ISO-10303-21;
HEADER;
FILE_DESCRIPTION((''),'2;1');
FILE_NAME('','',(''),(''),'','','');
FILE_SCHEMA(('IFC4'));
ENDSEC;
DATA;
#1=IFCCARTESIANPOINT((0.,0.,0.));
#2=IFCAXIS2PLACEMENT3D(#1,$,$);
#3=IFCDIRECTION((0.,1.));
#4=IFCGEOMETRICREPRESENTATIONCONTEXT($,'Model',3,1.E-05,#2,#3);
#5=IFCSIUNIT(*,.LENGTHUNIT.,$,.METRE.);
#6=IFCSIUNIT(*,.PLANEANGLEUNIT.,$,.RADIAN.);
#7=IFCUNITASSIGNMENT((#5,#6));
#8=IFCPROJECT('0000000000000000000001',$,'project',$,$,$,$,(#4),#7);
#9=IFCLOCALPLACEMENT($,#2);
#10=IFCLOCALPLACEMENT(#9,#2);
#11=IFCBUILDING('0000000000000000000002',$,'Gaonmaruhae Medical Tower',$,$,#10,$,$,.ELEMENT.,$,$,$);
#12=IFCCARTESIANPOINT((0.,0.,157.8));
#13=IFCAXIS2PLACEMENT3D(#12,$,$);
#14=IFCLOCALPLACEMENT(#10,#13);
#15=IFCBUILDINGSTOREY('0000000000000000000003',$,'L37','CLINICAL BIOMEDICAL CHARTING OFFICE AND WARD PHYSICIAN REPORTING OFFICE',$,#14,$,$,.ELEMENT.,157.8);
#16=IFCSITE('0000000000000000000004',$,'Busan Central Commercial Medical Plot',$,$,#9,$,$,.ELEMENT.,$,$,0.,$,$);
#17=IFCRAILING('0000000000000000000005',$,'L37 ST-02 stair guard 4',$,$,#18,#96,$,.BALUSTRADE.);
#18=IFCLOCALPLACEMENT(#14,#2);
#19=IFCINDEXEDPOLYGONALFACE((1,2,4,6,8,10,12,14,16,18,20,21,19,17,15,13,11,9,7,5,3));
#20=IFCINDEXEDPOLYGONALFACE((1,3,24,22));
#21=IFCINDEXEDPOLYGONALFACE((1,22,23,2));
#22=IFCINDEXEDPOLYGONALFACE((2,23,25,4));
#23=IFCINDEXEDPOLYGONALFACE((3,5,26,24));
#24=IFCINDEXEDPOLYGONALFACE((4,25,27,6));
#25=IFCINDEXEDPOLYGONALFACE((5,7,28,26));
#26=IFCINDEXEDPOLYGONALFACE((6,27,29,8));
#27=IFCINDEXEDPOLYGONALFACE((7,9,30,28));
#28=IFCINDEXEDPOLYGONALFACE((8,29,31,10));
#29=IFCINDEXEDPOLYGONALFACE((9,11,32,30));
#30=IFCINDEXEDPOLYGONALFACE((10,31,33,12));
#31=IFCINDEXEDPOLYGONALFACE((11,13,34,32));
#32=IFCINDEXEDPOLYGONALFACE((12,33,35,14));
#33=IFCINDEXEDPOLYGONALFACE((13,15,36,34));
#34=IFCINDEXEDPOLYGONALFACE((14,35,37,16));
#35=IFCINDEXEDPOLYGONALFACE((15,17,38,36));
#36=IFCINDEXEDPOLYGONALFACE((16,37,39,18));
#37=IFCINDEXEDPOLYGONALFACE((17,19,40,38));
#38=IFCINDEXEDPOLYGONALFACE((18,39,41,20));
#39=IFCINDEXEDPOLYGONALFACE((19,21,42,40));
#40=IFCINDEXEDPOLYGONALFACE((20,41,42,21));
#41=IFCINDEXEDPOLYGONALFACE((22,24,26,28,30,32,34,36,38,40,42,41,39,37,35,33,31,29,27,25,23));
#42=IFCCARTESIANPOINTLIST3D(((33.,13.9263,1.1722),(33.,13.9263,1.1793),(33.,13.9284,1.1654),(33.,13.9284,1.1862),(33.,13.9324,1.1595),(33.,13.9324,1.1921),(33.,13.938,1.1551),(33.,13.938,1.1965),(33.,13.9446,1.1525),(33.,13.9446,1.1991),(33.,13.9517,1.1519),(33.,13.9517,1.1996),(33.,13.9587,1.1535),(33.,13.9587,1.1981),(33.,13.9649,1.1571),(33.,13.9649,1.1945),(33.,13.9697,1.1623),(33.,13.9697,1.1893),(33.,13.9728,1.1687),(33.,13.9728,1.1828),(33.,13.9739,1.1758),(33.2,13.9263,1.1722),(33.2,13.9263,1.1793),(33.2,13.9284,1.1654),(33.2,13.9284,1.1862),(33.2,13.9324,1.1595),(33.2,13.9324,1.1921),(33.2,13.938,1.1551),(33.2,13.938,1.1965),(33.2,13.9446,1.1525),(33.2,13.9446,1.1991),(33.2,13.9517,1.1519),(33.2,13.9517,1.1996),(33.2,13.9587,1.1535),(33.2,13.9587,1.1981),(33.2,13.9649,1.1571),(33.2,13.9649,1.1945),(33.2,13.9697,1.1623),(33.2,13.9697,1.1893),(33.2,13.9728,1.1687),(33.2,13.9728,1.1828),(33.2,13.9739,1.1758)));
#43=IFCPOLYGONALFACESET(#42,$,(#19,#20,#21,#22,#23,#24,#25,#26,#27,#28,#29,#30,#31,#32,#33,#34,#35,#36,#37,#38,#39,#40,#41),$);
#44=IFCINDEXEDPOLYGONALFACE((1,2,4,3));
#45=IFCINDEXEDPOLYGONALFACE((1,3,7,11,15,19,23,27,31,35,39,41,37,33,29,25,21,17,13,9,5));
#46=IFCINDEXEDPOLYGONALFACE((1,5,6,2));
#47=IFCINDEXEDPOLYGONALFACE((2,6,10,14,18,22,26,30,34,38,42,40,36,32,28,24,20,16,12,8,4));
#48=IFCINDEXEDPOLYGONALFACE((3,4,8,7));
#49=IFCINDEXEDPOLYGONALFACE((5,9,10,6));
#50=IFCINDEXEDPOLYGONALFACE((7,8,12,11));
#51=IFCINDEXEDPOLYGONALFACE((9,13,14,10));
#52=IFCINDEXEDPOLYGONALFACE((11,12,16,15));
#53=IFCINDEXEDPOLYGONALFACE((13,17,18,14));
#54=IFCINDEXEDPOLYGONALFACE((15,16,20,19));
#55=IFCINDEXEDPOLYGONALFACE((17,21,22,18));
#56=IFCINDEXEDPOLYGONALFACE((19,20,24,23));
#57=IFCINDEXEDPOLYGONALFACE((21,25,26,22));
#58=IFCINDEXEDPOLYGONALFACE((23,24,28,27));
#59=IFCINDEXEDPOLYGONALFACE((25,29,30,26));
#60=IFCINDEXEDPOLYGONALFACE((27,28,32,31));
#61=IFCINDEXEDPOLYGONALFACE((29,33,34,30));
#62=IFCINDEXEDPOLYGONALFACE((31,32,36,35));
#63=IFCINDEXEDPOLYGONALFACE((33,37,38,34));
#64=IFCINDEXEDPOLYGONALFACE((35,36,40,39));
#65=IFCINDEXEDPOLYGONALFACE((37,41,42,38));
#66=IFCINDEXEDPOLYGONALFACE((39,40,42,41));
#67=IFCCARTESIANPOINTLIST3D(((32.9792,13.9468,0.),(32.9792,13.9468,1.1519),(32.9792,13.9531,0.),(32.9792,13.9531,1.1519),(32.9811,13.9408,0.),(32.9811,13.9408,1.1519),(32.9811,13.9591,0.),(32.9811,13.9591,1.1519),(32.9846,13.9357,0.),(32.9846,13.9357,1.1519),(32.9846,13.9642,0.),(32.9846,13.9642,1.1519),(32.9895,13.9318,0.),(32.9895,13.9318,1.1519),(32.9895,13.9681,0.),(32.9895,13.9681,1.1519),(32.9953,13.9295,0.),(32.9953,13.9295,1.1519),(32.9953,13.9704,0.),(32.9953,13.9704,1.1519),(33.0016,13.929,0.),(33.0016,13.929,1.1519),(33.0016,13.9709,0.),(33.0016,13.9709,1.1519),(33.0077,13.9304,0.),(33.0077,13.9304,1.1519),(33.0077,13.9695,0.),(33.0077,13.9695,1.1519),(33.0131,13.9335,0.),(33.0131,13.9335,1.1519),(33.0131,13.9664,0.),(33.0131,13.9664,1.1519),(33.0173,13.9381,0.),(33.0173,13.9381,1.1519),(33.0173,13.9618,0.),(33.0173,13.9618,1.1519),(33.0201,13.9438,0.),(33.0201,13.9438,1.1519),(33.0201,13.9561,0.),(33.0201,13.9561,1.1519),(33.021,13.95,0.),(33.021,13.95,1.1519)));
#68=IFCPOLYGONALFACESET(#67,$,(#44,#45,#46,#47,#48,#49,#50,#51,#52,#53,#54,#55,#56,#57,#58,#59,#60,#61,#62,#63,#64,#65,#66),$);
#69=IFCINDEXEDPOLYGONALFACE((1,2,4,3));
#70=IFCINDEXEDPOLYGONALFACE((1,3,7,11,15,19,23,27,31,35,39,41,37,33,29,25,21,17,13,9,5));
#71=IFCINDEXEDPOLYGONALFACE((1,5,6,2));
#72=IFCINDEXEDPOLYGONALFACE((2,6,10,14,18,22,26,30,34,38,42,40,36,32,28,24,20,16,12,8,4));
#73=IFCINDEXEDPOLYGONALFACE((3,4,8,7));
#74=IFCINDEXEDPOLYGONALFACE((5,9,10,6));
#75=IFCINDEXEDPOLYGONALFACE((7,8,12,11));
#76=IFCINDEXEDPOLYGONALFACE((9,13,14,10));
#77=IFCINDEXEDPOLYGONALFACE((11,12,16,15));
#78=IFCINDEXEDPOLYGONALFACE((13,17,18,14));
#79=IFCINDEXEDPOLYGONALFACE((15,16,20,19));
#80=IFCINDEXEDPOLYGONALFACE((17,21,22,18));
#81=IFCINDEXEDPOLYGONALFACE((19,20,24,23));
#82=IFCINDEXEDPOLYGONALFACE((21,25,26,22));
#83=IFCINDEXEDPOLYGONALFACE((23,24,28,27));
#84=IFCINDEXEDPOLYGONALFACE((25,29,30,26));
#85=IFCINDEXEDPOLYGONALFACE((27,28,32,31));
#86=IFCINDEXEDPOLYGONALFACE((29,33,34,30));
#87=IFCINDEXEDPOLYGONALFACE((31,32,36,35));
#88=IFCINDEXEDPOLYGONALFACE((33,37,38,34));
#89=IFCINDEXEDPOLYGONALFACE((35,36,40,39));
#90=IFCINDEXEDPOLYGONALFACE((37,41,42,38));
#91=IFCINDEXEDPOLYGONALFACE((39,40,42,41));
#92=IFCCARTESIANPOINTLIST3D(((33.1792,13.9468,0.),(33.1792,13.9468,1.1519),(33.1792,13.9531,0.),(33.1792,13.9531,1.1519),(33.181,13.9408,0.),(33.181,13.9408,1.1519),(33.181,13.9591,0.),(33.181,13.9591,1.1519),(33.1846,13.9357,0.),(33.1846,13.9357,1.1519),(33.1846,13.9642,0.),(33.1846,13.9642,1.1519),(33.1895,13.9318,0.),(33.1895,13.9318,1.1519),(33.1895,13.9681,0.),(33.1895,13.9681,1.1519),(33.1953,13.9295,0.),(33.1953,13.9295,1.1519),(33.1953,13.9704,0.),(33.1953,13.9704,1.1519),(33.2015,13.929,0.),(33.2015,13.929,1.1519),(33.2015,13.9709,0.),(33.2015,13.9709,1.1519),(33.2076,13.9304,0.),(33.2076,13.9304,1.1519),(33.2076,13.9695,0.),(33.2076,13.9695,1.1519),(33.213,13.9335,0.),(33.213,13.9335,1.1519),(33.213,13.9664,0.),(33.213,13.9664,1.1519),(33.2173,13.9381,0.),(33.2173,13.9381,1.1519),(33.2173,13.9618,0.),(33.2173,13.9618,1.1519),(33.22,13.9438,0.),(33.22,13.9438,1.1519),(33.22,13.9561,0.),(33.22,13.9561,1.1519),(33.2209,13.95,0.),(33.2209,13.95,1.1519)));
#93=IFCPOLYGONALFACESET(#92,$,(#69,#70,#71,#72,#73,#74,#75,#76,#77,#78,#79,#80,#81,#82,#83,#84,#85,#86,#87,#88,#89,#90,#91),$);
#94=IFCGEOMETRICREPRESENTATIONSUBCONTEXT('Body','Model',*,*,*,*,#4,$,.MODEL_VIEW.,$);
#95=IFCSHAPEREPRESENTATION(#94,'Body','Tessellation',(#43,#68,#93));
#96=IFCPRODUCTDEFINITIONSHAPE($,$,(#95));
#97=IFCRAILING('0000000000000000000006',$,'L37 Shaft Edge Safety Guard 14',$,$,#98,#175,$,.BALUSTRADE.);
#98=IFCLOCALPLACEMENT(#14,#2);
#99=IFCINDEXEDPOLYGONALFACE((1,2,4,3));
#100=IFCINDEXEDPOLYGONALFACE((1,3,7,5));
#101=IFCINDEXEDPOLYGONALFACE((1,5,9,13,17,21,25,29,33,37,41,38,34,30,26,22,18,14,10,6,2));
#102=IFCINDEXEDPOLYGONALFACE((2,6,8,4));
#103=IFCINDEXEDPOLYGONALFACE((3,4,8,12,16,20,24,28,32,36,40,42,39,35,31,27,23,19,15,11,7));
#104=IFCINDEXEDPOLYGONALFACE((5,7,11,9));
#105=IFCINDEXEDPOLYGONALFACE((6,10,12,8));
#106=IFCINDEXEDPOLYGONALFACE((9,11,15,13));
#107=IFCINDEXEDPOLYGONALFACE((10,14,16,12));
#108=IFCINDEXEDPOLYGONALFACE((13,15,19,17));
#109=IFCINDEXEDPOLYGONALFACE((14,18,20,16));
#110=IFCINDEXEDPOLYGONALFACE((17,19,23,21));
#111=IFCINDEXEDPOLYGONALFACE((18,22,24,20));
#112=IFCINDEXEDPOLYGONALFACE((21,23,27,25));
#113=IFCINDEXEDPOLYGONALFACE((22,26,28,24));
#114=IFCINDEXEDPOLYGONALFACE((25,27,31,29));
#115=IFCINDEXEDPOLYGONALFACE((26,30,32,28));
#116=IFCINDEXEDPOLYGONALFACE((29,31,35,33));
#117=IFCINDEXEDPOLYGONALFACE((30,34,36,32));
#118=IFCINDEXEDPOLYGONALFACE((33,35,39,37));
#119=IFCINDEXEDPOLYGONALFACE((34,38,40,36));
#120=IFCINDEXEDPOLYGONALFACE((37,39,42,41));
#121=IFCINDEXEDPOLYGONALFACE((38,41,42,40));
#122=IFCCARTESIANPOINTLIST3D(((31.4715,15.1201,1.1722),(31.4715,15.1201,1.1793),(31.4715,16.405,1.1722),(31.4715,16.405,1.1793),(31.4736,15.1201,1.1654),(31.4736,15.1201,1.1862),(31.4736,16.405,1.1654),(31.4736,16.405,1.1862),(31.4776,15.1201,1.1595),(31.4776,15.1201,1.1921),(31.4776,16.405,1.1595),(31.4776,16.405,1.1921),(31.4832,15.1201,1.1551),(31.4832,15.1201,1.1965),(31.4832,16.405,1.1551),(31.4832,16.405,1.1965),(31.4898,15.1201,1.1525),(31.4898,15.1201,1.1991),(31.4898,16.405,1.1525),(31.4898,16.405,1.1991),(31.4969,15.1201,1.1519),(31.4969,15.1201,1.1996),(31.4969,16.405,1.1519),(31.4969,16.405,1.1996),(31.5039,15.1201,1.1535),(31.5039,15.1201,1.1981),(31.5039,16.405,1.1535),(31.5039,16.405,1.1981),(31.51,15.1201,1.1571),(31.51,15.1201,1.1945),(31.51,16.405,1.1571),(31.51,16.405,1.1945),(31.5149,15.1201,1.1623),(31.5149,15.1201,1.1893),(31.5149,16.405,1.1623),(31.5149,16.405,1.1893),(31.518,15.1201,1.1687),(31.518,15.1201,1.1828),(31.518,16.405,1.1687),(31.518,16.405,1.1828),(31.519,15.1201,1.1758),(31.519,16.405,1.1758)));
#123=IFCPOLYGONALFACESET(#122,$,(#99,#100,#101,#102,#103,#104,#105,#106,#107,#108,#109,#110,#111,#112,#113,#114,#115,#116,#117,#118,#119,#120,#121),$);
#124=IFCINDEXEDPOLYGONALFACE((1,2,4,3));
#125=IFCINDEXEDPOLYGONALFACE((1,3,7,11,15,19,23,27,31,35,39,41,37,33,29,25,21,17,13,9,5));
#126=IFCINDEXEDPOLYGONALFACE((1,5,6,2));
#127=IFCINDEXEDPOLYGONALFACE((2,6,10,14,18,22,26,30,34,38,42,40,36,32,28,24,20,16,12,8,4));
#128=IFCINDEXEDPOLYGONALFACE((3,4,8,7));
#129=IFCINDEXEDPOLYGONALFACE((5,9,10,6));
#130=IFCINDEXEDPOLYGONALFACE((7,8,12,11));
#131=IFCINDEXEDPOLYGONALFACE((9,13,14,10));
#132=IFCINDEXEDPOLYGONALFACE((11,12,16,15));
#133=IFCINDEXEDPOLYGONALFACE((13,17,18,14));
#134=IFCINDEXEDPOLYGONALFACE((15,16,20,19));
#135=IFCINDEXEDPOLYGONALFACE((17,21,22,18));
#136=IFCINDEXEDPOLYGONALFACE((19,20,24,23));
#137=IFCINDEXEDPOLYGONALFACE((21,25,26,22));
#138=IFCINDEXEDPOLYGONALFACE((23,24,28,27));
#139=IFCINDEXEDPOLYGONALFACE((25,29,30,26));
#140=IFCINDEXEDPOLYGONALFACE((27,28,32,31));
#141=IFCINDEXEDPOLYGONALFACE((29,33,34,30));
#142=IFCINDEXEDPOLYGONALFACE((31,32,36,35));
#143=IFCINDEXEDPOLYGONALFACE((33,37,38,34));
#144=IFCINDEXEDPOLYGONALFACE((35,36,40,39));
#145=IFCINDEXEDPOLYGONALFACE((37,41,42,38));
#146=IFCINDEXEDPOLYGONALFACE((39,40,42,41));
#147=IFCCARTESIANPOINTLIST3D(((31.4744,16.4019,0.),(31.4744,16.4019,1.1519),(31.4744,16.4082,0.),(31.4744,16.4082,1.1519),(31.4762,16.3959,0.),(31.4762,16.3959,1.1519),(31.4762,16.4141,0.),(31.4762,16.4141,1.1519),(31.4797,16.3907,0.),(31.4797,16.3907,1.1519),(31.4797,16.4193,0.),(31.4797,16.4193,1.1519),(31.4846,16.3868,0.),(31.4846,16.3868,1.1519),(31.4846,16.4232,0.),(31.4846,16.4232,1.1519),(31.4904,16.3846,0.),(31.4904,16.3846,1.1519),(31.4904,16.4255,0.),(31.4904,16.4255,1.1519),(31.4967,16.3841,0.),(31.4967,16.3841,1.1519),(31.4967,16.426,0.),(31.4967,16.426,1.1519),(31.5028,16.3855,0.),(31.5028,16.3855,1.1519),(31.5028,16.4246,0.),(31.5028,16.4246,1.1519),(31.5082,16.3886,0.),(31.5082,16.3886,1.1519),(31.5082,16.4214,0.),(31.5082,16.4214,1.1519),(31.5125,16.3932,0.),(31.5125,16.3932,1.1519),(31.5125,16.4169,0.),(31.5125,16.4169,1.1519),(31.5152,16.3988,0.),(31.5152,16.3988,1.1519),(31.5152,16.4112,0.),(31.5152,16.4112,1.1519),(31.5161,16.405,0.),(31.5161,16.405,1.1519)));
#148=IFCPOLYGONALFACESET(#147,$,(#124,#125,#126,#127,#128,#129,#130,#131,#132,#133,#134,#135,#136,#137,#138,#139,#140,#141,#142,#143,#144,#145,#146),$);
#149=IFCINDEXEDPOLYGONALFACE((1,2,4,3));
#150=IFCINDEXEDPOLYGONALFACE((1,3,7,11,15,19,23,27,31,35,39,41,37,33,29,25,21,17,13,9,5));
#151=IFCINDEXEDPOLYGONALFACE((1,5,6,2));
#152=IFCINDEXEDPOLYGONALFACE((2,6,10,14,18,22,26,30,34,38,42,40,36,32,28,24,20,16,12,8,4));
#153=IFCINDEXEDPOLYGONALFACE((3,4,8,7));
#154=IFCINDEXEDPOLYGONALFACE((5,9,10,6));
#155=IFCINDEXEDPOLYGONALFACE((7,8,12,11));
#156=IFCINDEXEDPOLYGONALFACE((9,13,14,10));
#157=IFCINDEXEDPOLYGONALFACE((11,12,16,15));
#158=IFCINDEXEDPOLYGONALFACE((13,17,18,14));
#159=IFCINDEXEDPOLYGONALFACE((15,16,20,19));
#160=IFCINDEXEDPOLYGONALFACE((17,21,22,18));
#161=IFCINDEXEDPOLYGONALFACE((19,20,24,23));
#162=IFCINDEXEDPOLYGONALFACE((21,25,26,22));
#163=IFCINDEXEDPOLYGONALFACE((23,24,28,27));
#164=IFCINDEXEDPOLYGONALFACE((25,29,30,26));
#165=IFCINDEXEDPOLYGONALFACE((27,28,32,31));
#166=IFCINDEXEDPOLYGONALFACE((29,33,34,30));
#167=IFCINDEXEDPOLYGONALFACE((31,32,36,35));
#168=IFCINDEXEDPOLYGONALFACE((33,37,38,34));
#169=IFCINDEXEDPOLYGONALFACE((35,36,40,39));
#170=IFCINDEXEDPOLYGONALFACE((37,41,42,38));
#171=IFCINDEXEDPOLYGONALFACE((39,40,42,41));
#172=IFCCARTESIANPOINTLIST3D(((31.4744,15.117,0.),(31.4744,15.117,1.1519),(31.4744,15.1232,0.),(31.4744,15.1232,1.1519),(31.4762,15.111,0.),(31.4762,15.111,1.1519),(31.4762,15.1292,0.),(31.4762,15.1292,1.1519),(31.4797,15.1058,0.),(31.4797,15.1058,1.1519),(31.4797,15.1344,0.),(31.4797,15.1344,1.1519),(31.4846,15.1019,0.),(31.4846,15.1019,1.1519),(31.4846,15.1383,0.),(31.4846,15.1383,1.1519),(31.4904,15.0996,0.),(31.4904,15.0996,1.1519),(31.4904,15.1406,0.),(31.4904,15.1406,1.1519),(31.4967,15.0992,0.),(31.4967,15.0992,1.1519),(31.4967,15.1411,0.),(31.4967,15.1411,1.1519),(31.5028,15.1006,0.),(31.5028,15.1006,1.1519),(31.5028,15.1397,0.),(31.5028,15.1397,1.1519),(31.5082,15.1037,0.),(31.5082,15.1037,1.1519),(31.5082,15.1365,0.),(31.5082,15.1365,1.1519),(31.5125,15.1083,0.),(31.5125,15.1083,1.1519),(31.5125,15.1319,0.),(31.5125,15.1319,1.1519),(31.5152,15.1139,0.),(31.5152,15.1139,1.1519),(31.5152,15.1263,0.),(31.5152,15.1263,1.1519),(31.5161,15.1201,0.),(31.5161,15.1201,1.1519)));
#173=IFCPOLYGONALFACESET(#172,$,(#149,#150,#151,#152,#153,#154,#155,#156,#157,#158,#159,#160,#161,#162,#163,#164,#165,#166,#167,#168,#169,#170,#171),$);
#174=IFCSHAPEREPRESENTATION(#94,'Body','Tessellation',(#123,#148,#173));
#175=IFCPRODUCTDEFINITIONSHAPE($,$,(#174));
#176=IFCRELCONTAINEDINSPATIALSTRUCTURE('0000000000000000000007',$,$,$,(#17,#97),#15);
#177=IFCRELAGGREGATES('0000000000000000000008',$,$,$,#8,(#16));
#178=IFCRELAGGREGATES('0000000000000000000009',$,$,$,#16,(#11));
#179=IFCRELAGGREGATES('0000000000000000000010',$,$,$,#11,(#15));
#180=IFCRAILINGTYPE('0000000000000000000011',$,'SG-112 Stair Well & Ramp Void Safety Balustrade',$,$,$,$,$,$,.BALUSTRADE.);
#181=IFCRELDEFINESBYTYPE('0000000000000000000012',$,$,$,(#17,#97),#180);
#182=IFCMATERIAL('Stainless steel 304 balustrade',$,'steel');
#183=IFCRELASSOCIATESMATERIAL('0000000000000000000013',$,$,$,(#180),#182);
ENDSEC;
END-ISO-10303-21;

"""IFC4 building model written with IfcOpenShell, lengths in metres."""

from ifc_helpers import new_model, si_unit, direction, frame, origin, origin_2d, place, context, subcontext, project, spatial, circle, extrude, material, type_object, element, save


model = new_model("IFC4")

# Units and contexts
model_context = context("Model", 3, precision=1e-05, world=origin(), true_north=direction((0.0, 1.0)))
body_context = subcontext(model_context, "Body", "Model", "MODEL_VIEW")
ifc_project = project(units=[si_unit("LENGTHUNIT", "METRE"), si_unit("PLANEANGLEUNIT", "RADIAN")], contexts=[model_context])

# Site, building, storey
site_placement = place(None, origin())
site = spatial("IfcSite", under=ifc_project, at=site_placement, Name="Busan Central Commercial Medical Plot", CompositionType="ELEMENT", RefElevation=0.0)
building_placement = place(site_placement, origin())
building = spatial("IfcBuilding", under=site, at=building_placement, Name="Gaonmaruhae Medical Tower", CompositionType="ELEMENT")
storey_placement = place(building_placement, frame((0.0, 0.0, 157.8)))
storey = spatial("IfcBuildingStorey", under=building, at=storey_placement, Name="L37", Description="CLINICAL BIOMEDICAL CHARTING OFFICE AND WARD PHYSICIAN REPORTING OFFICE", CompositionType="ELEMENT", Elevation=157.8)

# Railings
ifc_material_1 = material(Name="Stainless steel 304 balustrade", Category="steel")
railing_type_1 = type_object("IfcRailingType", Name="SG-112 Stair Well & Ramp Void Safety Balustrade", PredefinedType="BALUSTRADE", material=ifc_material_1)
railing_1_placement = place(storey_placement, frame((33.0, 13.95, 0.0)))
element("IfcRailing", 1, at=railing_1_placement, inside=storey, type_object=railing_type_1, Name="L37 ST-02 stair guard 4", PredefinedType="BALUSTRADE", context=body_context, shape_type="SweptSolid", body=[
    extrude(circle(Radius=0.0239, at=origin_2d()), frame((0.0, 0.0, 1.1758), z_axis=(1.0, 0.0, 0.0), x_axis=(0.0, 1.0, 0.0)), (0.0, 0.0, 1.0), 0.2),
    extrude(circle(Radius=0.021, at=origin_2d()), origin(), (0.0, 0.0, 1.0), 1.1519),
    extrude(circle(Radius=0.021, at=origin_2d()), frame((0.2, 0.0, 0.0)), (0.0, 0.0, 1.0), 1.1519),
])
railing_2_placement = place(storey_placement, frame((31.4951, 16.405, 0.0)))
element("IfcRailing", 2, at=railing_2_placement, inside=storey, type_object=railing_type_1, Name="L37 Shaft Edge Safety Guard 14", PredefinedType="BALUSTRADE", context=body_context, shape_type="SweptSolid", body=[
    extrude(circle(Radius=0.0239, at=origin_2d()), frame((0.0, 0.0, 1.1758), z_axis=(0.0, -1.0, 0.0), x_axis=(1.0, 0.0, 0.0)), (0.0, 0.0, 1.0), 1.2849),
    extrude(circle(Radius=0.021, at=origin_2d()), origin(), (0.0, 0.0, 1.0), 1.1519),
    extrude(circle(Radius=0.021, at=origin_2d()), frame((0.0, -1.2849, 0.0)), (0.0, 0.0, 1.0), 1.1519),
])

save(model, "model.ifc")
